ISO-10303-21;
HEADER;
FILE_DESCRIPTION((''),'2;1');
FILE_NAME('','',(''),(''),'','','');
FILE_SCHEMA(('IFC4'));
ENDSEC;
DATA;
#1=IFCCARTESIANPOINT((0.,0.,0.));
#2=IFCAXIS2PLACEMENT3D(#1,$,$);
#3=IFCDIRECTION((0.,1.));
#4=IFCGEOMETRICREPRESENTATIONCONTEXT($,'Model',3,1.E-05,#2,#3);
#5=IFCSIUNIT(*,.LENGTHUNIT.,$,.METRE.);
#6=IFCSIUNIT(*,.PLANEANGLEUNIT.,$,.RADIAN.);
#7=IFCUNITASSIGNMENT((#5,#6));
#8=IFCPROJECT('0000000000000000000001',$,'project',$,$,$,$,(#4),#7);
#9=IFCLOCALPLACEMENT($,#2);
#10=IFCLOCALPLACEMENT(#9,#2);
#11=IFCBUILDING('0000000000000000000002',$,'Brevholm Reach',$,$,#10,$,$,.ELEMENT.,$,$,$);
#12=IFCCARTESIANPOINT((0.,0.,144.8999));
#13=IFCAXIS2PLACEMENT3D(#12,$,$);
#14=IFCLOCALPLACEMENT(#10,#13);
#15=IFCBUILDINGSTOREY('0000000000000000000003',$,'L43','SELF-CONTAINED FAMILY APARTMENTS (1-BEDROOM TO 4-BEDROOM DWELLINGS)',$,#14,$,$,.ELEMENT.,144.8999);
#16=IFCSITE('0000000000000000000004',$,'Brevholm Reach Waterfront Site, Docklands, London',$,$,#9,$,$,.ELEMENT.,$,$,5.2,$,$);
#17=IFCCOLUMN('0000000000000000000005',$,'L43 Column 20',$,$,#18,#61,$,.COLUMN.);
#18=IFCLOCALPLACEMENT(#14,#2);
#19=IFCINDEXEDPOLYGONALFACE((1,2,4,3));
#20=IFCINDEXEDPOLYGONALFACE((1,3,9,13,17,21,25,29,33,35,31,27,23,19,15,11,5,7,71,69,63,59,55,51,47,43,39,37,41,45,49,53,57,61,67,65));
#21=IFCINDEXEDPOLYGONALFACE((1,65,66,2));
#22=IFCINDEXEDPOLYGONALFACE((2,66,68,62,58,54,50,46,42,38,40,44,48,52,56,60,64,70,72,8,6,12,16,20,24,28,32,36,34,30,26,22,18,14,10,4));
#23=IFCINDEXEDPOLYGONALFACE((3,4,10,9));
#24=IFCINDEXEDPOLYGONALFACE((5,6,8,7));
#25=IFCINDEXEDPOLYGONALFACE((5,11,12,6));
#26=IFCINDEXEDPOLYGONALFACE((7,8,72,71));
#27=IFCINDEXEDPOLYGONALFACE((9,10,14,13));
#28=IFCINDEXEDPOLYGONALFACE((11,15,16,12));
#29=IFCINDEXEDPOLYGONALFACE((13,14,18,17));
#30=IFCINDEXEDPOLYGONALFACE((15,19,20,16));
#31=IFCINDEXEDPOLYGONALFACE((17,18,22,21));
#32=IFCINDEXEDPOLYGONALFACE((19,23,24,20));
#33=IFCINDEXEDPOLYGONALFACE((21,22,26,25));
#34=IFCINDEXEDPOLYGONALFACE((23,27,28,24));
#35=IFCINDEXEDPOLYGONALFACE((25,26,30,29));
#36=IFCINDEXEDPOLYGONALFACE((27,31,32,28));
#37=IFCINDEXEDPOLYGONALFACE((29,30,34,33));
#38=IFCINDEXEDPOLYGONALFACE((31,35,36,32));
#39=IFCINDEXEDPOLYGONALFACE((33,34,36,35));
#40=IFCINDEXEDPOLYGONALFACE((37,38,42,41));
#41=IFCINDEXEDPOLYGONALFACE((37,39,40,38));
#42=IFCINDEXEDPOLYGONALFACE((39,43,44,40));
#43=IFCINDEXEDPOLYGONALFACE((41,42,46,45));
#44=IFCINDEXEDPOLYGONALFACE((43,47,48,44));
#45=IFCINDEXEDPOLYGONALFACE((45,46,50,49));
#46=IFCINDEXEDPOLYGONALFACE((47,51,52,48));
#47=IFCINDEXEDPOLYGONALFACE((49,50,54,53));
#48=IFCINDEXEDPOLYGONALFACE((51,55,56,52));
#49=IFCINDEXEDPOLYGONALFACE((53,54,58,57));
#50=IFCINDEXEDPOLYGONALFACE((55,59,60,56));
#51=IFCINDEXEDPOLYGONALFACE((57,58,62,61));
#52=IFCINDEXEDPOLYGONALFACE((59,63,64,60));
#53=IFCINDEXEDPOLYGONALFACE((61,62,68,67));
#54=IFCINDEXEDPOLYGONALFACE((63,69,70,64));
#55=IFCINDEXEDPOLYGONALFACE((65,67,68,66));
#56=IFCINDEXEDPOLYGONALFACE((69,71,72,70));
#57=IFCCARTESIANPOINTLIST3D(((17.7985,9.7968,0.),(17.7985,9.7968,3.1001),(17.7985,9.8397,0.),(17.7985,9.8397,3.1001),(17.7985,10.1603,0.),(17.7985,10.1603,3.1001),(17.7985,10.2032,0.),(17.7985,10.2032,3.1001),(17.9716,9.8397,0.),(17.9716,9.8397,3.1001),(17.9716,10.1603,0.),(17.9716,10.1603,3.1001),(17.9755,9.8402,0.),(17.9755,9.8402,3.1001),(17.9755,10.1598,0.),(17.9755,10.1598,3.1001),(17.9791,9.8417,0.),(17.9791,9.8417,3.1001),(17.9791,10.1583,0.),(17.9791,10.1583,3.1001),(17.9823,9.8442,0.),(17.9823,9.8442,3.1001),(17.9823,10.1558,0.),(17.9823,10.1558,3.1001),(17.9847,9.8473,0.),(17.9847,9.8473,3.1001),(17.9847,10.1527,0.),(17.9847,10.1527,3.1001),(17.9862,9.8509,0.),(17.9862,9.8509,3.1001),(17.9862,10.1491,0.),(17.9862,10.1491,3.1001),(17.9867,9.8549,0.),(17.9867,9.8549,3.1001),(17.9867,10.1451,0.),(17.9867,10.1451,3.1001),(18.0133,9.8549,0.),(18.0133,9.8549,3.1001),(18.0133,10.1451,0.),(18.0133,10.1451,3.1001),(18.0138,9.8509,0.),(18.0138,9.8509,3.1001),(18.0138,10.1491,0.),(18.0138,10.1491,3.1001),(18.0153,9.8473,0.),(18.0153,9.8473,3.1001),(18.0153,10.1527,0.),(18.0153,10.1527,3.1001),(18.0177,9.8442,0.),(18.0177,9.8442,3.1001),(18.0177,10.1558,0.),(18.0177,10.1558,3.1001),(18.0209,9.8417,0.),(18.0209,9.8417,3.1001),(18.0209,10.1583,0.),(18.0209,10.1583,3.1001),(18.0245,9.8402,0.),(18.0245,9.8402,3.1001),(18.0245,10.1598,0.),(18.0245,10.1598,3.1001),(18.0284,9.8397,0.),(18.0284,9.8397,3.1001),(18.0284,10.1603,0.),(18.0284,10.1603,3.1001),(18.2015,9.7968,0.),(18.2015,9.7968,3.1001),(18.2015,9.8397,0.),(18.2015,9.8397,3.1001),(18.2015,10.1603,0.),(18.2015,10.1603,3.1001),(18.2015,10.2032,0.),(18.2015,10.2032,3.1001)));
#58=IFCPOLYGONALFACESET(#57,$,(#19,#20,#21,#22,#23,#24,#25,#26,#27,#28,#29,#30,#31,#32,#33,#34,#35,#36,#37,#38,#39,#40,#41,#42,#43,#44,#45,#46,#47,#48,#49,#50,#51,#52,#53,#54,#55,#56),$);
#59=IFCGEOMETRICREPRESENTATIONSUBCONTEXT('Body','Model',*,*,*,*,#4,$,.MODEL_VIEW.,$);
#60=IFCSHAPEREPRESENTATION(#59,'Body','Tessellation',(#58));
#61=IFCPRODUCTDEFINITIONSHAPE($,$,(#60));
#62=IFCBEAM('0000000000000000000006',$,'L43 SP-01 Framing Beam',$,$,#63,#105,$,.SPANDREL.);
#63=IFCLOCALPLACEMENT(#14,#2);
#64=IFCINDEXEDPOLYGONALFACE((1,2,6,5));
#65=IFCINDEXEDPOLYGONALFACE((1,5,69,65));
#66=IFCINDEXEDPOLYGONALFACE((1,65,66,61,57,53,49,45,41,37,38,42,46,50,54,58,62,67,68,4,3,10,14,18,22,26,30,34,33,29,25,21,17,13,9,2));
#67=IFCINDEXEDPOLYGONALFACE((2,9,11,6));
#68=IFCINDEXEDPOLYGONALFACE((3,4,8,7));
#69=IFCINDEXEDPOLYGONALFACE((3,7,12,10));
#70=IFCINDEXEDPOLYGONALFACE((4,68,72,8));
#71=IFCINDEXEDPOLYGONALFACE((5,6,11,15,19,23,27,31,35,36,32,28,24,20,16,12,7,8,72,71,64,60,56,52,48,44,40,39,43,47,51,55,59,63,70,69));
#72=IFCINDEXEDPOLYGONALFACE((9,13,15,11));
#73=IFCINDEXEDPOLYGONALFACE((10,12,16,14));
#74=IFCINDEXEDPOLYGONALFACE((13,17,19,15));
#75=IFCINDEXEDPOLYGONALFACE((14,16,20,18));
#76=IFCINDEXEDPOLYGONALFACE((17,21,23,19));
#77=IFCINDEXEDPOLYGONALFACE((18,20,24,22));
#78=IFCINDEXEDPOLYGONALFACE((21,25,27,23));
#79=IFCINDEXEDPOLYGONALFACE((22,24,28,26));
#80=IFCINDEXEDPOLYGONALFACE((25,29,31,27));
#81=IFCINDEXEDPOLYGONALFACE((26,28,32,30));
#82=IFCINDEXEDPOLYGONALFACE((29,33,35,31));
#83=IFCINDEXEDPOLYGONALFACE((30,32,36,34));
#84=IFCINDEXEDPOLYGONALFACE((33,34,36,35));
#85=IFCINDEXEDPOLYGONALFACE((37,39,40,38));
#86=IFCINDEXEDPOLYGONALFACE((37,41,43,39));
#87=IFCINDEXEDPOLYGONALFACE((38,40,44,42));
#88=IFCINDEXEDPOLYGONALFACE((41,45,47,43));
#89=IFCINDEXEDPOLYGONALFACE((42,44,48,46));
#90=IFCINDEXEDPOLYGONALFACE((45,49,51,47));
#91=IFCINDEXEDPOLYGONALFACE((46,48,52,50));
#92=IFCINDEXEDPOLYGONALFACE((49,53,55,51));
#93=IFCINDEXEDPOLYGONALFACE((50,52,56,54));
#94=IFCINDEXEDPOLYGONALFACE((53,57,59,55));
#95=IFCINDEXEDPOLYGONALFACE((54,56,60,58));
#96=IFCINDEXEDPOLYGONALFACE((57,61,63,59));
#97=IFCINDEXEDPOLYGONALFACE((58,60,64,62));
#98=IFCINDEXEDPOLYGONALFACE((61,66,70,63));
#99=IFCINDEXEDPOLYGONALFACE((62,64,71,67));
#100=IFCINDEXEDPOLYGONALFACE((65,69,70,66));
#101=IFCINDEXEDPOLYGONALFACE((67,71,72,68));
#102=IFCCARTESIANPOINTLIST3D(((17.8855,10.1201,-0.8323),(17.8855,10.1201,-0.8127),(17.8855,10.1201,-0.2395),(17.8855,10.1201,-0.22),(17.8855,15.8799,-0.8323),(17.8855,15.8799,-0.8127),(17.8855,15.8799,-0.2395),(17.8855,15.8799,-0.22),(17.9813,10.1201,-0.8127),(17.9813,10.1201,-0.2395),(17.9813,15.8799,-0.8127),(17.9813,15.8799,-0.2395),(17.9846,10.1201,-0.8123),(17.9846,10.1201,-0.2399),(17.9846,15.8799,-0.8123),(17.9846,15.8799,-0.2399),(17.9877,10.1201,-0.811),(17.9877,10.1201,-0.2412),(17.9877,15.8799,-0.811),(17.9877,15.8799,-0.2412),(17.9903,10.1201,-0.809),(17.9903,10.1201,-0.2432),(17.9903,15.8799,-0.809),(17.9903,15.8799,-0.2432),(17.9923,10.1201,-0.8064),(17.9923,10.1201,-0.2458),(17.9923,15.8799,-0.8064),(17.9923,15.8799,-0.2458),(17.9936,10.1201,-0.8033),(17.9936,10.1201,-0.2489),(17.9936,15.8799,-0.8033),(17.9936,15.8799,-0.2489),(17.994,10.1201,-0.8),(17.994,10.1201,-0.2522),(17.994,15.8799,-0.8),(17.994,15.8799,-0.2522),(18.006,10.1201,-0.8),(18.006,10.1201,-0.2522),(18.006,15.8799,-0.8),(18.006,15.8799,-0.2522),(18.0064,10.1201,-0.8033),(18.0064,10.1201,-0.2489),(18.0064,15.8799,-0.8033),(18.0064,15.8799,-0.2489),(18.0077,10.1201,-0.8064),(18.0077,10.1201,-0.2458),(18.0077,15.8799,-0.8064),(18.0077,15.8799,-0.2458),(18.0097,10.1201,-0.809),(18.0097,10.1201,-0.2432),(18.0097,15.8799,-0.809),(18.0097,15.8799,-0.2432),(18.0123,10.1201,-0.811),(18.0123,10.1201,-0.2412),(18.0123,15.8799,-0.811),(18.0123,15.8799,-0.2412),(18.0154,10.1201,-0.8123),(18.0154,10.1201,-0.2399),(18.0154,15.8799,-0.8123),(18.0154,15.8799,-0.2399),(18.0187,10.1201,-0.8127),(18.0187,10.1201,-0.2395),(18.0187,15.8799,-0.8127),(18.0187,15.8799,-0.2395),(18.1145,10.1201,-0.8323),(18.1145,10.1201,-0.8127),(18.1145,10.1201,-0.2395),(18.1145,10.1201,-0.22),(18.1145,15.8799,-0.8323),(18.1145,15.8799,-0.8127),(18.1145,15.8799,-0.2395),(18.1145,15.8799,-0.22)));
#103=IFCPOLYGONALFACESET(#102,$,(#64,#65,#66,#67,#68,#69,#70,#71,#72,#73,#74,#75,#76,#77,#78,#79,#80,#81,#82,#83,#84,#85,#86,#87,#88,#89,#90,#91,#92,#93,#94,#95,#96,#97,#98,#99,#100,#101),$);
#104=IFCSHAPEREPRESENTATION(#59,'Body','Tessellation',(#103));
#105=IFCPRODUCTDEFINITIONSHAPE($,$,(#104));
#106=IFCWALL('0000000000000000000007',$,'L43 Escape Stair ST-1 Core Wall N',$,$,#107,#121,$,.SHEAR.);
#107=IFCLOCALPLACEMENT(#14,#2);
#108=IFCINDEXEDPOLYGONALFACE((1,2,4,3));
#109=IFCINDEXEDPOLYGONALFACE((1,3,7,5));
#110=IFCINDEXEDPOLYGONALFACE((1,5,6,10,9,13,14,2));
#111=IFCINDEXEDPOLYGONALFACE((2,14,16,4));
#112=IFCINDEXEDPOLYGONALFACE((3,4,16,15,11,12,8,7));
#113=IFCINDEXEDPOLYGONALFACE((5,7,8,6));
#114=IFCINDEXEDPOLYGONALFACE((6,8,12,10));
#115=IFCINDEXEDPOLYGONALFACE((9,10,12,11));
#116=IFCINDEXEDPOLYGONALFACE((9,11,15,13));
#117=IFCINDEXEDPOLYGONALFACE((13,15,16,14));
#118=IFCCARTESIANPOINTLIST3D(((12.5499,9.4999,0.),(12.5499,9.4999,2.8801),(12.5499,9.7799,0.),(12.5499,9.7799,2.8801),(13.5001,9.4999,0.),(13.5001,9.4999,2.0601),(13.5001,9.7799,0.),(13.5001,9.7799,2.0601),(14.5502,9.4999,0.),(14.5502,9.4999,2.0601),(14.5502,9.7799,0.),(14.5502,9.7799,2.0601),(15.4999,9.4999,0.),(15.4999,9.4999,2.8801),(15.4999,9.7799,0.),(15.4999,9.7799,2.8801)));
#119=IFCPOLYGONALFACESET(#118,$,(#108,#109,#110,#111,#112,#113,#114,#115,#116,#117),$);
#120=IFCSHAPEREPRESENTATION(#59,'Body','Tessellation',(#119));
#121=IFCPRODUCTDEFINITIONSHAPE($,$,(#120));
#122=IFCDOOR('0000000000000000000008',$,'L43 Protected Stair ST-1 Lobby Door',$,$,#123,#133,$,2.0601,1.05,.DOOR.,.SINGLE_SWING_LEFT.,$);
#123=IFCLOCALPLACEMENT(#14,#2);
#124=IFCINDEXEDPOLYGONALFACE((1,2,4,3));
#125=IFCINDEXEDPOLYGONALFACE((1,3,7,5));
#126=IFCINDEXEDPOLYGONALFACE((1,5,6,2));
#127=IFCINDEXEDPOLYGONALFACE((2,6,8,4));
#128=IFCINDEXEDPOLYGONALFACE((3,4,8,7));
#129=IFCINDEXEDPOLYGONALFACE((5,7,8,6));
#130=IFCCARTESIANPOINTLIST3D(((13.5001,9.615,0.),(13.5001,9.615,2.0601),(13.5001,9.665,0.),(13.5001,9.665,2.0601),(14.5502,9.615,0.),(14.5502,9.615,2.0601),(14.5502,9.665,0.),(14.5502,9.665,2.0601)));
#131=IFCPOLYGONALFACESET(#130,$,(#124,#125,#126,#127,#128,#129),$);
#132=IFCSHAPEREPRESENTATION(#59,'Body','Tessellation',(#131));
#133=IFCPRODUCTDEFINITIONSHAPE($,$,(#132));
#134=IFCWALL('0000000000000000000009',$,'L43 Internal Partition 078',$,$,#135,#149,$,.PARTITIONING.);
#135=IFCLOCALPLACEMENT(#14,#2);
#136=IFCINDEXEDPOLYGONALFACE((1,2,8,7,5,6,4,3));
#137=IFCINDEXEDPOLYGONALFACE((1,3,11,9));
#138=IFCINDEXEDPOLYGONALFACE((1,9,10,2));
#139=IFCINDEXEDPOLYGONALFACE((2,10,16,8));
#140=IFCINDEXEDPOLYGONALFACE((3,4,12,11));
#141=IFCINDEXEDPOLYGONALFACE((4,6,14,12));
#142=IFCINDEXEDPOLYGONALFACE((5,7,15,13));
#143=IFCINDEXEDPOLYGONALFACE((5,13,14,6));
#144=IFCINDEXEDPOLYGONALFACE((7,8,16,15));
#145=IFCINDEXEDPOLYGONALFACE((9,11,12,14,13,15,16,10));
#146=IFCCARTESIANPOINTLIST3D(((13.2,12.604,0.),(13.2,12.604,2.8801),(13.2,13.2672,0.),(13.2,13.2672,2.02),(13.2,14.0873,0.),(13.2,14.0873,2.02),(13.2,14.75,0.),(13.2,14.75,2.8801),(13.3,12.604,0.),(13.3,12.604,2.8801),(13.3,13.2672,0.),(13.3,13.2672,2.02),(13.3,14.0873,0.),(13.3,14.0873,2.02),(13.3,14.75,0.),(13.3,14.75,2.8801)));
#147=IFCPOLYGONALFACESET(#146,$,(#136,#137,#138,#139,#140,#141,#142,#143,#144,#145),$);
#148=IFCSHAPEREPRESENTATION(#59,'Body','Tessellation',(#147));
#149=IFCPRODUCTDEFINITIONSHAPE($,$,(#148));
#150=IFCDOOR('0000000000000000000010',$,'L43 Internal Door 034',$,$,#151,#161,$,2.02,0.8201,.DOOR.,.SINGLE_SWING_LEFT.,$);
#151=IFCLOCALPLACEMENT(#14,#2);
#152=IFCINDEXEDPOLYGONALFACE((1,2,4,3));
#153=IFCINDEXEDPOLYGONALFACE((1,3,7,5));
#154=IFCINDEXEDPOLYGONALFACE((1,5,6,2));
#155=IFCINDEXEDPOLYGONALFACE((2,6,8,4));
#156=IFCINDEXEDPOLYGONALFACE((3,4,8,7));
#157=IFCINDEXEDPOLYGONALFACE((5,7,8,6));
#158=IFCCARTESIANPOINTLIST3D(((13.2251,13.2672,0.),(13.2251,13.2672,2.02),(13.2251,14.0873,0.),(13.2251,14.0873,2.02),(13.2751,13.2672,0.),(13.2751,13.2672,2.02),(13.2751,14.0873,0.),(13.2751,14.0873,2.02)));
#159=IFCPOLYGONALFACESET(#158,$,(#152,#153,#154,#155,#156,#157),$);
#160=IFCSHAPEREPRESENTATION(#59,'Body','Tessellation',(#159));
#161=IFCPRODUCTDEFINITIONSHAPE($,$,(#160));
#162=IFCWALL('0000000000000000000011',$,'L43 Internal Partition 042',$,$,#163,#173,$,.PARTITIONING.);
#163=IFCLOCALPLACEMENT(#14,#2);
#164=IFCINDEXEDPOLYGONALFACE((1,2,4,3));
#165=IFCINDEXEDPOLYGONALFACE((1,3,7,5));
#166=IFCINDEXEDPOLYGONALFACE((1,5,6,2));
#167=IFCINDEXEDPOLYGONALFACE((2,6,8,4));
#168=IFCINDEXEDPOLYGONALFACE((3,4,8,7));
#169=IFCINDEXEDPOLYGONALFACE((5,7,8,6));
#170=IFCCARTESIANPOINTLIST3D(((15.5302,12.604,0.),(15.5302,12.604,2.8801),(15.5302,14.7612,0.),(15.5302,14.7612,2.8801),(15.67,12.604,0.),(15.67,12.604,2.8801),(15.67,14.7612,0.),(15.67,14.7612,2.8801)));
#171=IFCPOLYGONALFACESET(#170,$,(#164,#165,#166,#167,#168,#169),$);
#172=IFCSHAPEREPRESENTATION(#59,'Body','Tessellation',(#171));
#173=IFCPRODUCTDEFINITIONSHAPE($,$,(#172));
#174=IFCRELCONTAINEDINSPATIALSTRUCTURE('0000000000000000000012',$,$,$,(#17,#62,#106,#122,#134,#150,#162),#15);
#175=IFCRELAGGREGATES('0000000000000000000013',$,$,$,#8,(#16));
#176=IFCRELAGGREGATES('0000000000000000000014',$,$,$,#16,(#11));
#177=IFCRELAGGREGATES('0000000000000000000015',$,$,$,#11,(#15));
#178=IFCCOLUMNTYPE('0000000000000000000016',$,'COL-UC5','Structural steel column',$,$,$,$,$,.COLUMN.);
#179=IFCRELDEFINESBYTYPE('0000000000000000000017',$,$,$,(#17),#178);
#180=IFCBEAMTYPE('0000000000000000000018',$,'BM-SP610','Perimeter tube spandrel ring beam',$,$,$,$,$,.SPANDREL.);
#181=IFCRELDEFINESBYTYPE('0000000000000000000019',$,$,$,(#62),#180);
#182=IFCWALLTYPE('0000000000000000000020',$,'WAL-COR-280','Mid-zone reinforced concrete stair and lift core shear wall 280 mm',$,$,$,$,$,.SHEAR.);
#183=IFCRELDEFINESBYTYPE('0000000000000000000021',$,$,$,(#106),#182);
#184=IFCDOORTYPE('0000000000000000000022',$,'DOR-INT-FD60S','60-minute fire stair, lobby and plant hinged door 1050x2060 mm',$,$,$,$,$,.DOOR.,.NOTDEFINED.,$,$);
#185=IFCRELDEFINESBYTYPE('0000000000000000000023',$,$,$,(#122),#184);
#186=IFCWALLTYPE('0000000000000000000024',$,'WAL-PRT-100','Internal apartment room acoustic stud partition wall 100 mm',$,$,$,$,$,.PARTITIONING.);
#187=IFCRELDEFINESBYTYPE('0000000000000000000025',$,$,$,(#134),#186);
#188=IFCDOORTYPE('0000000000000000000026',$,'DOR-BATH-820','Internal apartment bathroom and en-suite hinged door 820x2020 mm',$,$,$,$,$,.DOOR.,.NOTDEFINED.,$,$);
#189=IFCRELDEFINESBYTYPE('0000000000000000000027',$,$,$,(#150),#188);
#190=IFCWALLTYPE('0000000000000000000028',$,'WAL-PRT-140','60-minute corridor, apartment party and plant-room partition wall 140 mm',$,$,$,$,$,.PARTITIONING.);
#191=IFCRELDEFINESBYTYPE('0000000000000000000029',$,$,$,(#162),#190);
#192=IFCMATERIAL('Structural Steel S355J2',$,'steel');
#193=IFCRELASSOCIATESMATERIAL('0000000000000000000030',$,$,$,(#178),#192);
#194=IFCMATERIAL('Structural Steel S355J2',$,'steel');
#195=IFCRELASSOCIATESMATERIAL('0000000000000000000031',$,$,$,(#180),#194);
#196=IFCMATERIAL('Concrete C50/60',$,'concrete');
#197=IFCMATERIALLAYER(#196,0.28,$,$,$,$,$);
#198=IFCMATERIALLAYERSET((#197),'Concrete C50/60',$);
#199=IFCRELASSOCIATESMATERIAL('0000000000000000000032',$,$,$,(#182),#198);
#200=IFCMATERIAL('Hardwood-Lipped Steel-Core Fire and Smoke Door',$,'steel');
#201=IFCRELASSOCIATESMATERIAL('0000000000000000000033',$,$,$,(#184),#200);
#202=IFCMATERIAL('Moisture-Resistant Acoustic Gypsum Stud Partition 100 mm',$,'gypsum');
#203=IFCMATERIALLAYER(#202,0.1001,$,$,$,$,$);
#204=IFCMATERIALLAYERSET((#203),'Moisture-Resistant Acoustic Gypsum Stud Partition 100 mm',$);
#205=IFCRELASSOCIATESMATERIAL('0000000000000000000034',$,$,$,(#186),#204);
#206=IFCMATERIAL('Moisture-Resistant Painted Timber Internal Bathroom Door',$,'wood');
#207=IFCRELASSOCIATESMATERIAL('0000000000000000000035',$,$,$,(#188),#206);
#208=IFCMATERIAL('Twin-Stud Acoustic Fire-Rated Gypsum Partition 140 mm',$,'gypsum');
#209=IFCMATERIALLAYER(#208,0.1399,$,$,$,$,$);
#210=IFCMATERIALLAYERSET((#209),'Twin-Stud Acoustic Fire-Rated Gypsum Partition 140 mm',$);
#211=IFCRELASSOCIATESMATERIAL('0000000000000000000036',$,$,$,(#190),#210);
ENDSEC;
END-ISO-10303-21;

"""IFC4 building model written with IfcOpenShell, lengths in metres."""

from ifc_helpers import new_model, si_unit, direction, frame, frame_2d, origin, origin_2d, place, context, subcontext, project, spatial, rectangle, i_section, extrude, material, layer, layer_set, material_profile, profile_set, type_object, element, fill, save


model = new_model("IFC4")

# Units and contexts
model_context = context("Model", 3, precision=1e-05, world=origin(), true_north=direction((0.0, 1.0)))
body_context = subcontext(model_context, "Body", "Model", "MODEL_VIEW")
ifc_project = project(units=[si_unit("LENGTHUNIT", "METRE"), si_unit("PLANEANGLEUNIT", "RADIAN")], contexts=[model_context])

# Site, building, storey
site_placement = place(None, origin())
site = spatial("IfcSite", under=ifc_project, at=site_placement, Name="Brevholm Reach Waterfront Site, Docklands, London", CompositionType="ELEMENT", RefElevation=5.2)
building_placement = place(site_placement, origin())
building = spatial("IfcBuilding", under=site, at=building_placement, Name="Brevholm Reach", CompositionType="ELEMENT")
storey_placement = place(building_placement, frame((0.0, 0.0, 144.8999)))
storey = spatial("IfcBuildingStorey", under=building, at=storey_placement, Name="L43", Description="SELF-CONTAINED FAMILY APARTMENTS (1-BEDROOM TO 4-BEDROOM DWELLINGS)", CompositionType="ELEMENT", Elevation=144.8999)

# Column
ifc_material_1 = material(Name="Structural Steel S355J2", Category="steel")
ifc_material_profile_1 = material_profile(ifc_material_1, i_section(OverallWidth=0.4031, OverallDepth=0.4065, WebThickness=0.0266, FlangeThickness=0.043, FilletRadius=0.0151, at=origin_2d()), Name="UKC 356x406x340")
ifc_profile_set_1 = profile_set([ifc_material_profile_1], Name="Structural Steel S355J2")
column_type = type_object("IfcColumnType", Name="COL-UC5", Description="Structural steel column", PredefinedType="COLUMN", material=ifc_profile_set_1)
column_placement = place(storey_placement, frame((18.0, 10.0, 0.0), z_axis=(0.0, 0.0, 1.0), x_axis=(1.0, 0.0, 0.0)))
element("IfcColumn", 1, at=column_placement, inside=storey, type_object=column_type, Name="L43 Column 20", PredefinedType="COLUMN", context=body_context, shape_type="SweptSolid", body=[
    extrude(i_section(OverallWidth=0.4031, OverallDepth=0.4065, WebThickness=0.0266, FlangeThickness=0.043, FilletRadius=0.0151, at=origin_2d()), origin(), (0.0, 0.0, 1.0), 3.1001),
])

# Beam
ifc_material_2 = material(Name="Structural Steel S355J2", Category="steel")
ifc_material_profile_2 = material_profile(ifc_material_2, i_section(OverallWidth=0.229, OverallDepth=0.6123, WebThickness=0.012, FlangeThickness=0.0195, FilletRadius=0.0127, at=origin_2d()), Name="UKB 610x229x125")
ifc_profile_set_2 = profile_set([ifc_material_profile_2], Name="Structural Steel S355J2")
beam_type = type_object("IfcBeamType", Name="BM-SP610", Description="Perimeter tube spandrel ring beam", PredefinedType="SPANDREL", material=ifc_profile_set_2)
beam_placement = place(storey_placement, frame((18.0, 10.1201, -0.5261), z_axis=(0.0, 1.0, 0.0), x_axis=(-1.0, 0.0, 0.0)))
element("IfcBeam", 2, at=beam_placement, inside=storey, type_object=beam_type, Name="L43 SP-01 Framing Beam", PredefinedType="SPANDREL", context=body_context, shape_type="SweptSolid", body=[
    extrude(i_section(OverallWidth=0.229, OverallDepth=0.6123, WebThickness=0.012, FlangeThickness=0.0195, FilletRadius=0.0127, at=origin_2d()), origin(), (0.0, 0.0, 1.0), 5.7598),
])

# Walls, openings, doors
ifc_material_3 = material(Name="Concrete C50/60", Category="concrete")
ifc_layer_1 = layer(ifc_material_3, 0.28)
ifc_layer_set_1 = layer_set([ifc_layer_1], Name="Concrete C50/60")
wall_type_1 = type_object("IfcWallType", Name="WAL-COR-280", Description="Mid-zone reinforced concrete stair and lift core shear wall 280 mm", PredefinedType="SHEAR", material=ifc_layer_set_1)
wall_1_placement = place(storey_placement, frame((15.5, 9.6399, 0.0), z_axis=(0.0, 0.0, 1.0), x_axis=(-1.0, 0.0, 0.0)))
wall_1 = element("IfcWall", 3, at=wall_1_placement, inside=storey, type_object=wall_type_1, Name="L43 Escape Stair ST-1 Core Wall N", PredefinedType="SHEAR", context=body_context, shape_type="SweptSolid", body=[
    extrude(rectangle(XDim=2.95, YDim=0.28, at=frame_2d((1.4751, 0.0))), origin(), (0.0, 0.0, 1.0), 2.8801),
])
opening_1_placement = place(wall_1_placement, frame((0.95, 0.0, 0.0)))
opening_1 = element("IfcOpeningElement", 4, at=opening_1_placement, cuts=wall_1, PredefinedType="OPENING", context=body_context, shape_type="SweptSolid", body=[
    extrude(rectangle(XDim=1.05, YDim=2.0601, at=frame_2d((0.5249, 1.03))), frame((0.0, 0.1499, 0.0), z_axis=(0.0, -1.0, 0.0), x_axis=(1.0, 0.0, 0.0)), (0.0, 0.0, 1.0), 0.3),
])
ifc_material_4 = material(Name="Hardwood-Lipped Steel-Core Fire and Smoke Door", Category="steel")
door_type_1 = type_object("IfcDoorType", Name="DOR-INT-FD60S", Description="60-minute fire stair, lobby and plant hinged door 1050x2060 mm", OperationType="NOTDEFINED", PredefinedType="DOOR", material=ifc_material_4)
door_1_placement = place(opening_1_placement, origin())
door_1 = element("IfcDoor", 5, at=door_1_placement, inside=storey, type_object=door_type_1, Name="L43 Protected Stair ST-1 Lobby Door", OperationType="SINGLE_SWING_LEFT", OverallHeight=2.0601, OverallWidth=1.05, PredefinedType="DOOR", context=body_context, shape_type="SweptSolid", body=[
    extrude(rectangle(XDim=1.05, YDim=2.0601, at=frame_2d((0.5249, 1.03))), frame((0.0, 0.0249, 0.0), z_axis=(0.0, -1.0, 0.0), x_axis=(1.0, 0.0, 0.0)), (0.0, 0.0, 1.0), 0.05),
])
fill(opening_1, door_1)
ifc_material_5 = material(Name="Moisture-Resistant Acoustic Gypsum Stud Partition 100 mm", Category="gypsum")
ifc_layer_2 = layer(ifc_material_5, 0.1001)
ifc_layer_set_2 = layer_set([ifc_layer_2], Name="Moisture-Resistant Acoustic Gypsum Stud Partition 100 mm")
wall_type_2 = type_object("IfcWallType", Name="WAL-PRT-100", Description="Internal apartment room acoustic stud partition wall 100 mm", PredefinedType="PARTITIONING", material=ifc_layer_set_2)
wall_2_placement = place(storey_placement, frame((13.25, 12.604, 0.0), z_axis=(0.0, 0.0, 1.0), x_axis=(0.0, 1.0, 0.0)))
wall_2 = element("IfcWall", 6, at=wall_2_placement, inside=storey, type_object=wall_type_2, Name="L43 Internal Partition 078", PredefinedType="PARTITIONING", context=body_context, shape_type="SweptSolid", body=[
    extrude(rectangle(XDim=2.146, YDim=0.1001, at=frame_2d((1.073, 0.0))), origin(), (0.0, 0.0, 1.0), 2.8801),
])
opening_2_placement = place(wall_2_placement, frame((0.6631, 0.0, 0.0)))
opening_2 = element("IfcOpeningElement", 7, at=opening_2_placement, cuts=wall_2, PredefinedType="OPENING", context=body_context, shape_type="SweptSolid", body=[
    extrude(rectangle(XDim=0.8201, YDim=2.02, at=frame_2d((0.4102, 1.01))), frame((0.0, 0.0601, 0.0), z_axis=(0.0, -1.0, 0.0), x_axis=(1.0, 0.0, 0.0)), (0.0, 0.0, 1.0), 0.1201),
])
ifc_material_6 = material(Name="Moisture-Resistant Painted Timber Internal Bathroom Door", Category="wood")
door_type_2 = type_object("IfcDoorType", Name="DOR-BATH-820", Description="Internal apartment bathroom and en-suite hinged door 820x2020 mm", OperationType="NOTDEFINED", PredefinedType="DOOR", material=ifc_material_6)
door_2_placement = place(opening_2_placement, origin())
door_2 = element("IfcDoor", 8, at=door_2_placement, inside=storey, type_object=door_type_2, Name="L43 Internal Door 034", OperationType="SINGLE_SWING_LEFT", OverallHeight=2.02, OverallWidth=0.8201, PredefinedType="DOOR", context=body_context, shape_type="SweptSolid", body=[
    extrude(rectangle(XDim=0.8201, YDim=2.02, at=frame_2d((0.4102, 1.01))), frame((0.0, 0.0249, 0.0), z_axis=(0.0, -1.0, 0.0), x_axis=(1.0, 0.0, 0.0)), (0.0, 0.0, 1.0), 0.05),
])
fill(opening_2, door_2)

# Wall
ifc_material_7 = material(Name="Twin-Stud Acoustic Fire-Rated Gypsum Partition 140 mm", Category="gypsum")
ifc_layer_3 = layer(ifc_material_7, 0.1399)
ifc_layer_set_3 = layer_set([ifc_layer_3], Name="Twin-Stud Acoustic Fire-Rated Gypsum Partition 140 mm")
wall_type_3 = type_object("IfcWallType", Name="WAL-PRT-140", Description="60-minute corridor, apartment party and plant-room partition wall 140 mm", PredefinedType="PARTITIONING", material=ifc_layer_set_3)
wall_3_placement = place(storey_placement, frame((15.6001, 12.604, 0.0), z_axis=(0.0, 0.0, 1.0), x_axis=(0.0, 1.0, 0.0)))
element("IfcWall", 9, at=wall_3_placement, inside=storey, type_object=wall_type_3, Name="L43 Internal Partition 042", PredefinedType="PARTITIONING", context=body_context, shape_type="SweptSolid", body=[
    extrude(rectangle(XDim=2.1572, YDim=0.1399, at=frame_2d((1.0786, 0.0))), origin(), (0.0, 0.0, 1.0), 2.8801),
])

save(model, "model.ifc")
